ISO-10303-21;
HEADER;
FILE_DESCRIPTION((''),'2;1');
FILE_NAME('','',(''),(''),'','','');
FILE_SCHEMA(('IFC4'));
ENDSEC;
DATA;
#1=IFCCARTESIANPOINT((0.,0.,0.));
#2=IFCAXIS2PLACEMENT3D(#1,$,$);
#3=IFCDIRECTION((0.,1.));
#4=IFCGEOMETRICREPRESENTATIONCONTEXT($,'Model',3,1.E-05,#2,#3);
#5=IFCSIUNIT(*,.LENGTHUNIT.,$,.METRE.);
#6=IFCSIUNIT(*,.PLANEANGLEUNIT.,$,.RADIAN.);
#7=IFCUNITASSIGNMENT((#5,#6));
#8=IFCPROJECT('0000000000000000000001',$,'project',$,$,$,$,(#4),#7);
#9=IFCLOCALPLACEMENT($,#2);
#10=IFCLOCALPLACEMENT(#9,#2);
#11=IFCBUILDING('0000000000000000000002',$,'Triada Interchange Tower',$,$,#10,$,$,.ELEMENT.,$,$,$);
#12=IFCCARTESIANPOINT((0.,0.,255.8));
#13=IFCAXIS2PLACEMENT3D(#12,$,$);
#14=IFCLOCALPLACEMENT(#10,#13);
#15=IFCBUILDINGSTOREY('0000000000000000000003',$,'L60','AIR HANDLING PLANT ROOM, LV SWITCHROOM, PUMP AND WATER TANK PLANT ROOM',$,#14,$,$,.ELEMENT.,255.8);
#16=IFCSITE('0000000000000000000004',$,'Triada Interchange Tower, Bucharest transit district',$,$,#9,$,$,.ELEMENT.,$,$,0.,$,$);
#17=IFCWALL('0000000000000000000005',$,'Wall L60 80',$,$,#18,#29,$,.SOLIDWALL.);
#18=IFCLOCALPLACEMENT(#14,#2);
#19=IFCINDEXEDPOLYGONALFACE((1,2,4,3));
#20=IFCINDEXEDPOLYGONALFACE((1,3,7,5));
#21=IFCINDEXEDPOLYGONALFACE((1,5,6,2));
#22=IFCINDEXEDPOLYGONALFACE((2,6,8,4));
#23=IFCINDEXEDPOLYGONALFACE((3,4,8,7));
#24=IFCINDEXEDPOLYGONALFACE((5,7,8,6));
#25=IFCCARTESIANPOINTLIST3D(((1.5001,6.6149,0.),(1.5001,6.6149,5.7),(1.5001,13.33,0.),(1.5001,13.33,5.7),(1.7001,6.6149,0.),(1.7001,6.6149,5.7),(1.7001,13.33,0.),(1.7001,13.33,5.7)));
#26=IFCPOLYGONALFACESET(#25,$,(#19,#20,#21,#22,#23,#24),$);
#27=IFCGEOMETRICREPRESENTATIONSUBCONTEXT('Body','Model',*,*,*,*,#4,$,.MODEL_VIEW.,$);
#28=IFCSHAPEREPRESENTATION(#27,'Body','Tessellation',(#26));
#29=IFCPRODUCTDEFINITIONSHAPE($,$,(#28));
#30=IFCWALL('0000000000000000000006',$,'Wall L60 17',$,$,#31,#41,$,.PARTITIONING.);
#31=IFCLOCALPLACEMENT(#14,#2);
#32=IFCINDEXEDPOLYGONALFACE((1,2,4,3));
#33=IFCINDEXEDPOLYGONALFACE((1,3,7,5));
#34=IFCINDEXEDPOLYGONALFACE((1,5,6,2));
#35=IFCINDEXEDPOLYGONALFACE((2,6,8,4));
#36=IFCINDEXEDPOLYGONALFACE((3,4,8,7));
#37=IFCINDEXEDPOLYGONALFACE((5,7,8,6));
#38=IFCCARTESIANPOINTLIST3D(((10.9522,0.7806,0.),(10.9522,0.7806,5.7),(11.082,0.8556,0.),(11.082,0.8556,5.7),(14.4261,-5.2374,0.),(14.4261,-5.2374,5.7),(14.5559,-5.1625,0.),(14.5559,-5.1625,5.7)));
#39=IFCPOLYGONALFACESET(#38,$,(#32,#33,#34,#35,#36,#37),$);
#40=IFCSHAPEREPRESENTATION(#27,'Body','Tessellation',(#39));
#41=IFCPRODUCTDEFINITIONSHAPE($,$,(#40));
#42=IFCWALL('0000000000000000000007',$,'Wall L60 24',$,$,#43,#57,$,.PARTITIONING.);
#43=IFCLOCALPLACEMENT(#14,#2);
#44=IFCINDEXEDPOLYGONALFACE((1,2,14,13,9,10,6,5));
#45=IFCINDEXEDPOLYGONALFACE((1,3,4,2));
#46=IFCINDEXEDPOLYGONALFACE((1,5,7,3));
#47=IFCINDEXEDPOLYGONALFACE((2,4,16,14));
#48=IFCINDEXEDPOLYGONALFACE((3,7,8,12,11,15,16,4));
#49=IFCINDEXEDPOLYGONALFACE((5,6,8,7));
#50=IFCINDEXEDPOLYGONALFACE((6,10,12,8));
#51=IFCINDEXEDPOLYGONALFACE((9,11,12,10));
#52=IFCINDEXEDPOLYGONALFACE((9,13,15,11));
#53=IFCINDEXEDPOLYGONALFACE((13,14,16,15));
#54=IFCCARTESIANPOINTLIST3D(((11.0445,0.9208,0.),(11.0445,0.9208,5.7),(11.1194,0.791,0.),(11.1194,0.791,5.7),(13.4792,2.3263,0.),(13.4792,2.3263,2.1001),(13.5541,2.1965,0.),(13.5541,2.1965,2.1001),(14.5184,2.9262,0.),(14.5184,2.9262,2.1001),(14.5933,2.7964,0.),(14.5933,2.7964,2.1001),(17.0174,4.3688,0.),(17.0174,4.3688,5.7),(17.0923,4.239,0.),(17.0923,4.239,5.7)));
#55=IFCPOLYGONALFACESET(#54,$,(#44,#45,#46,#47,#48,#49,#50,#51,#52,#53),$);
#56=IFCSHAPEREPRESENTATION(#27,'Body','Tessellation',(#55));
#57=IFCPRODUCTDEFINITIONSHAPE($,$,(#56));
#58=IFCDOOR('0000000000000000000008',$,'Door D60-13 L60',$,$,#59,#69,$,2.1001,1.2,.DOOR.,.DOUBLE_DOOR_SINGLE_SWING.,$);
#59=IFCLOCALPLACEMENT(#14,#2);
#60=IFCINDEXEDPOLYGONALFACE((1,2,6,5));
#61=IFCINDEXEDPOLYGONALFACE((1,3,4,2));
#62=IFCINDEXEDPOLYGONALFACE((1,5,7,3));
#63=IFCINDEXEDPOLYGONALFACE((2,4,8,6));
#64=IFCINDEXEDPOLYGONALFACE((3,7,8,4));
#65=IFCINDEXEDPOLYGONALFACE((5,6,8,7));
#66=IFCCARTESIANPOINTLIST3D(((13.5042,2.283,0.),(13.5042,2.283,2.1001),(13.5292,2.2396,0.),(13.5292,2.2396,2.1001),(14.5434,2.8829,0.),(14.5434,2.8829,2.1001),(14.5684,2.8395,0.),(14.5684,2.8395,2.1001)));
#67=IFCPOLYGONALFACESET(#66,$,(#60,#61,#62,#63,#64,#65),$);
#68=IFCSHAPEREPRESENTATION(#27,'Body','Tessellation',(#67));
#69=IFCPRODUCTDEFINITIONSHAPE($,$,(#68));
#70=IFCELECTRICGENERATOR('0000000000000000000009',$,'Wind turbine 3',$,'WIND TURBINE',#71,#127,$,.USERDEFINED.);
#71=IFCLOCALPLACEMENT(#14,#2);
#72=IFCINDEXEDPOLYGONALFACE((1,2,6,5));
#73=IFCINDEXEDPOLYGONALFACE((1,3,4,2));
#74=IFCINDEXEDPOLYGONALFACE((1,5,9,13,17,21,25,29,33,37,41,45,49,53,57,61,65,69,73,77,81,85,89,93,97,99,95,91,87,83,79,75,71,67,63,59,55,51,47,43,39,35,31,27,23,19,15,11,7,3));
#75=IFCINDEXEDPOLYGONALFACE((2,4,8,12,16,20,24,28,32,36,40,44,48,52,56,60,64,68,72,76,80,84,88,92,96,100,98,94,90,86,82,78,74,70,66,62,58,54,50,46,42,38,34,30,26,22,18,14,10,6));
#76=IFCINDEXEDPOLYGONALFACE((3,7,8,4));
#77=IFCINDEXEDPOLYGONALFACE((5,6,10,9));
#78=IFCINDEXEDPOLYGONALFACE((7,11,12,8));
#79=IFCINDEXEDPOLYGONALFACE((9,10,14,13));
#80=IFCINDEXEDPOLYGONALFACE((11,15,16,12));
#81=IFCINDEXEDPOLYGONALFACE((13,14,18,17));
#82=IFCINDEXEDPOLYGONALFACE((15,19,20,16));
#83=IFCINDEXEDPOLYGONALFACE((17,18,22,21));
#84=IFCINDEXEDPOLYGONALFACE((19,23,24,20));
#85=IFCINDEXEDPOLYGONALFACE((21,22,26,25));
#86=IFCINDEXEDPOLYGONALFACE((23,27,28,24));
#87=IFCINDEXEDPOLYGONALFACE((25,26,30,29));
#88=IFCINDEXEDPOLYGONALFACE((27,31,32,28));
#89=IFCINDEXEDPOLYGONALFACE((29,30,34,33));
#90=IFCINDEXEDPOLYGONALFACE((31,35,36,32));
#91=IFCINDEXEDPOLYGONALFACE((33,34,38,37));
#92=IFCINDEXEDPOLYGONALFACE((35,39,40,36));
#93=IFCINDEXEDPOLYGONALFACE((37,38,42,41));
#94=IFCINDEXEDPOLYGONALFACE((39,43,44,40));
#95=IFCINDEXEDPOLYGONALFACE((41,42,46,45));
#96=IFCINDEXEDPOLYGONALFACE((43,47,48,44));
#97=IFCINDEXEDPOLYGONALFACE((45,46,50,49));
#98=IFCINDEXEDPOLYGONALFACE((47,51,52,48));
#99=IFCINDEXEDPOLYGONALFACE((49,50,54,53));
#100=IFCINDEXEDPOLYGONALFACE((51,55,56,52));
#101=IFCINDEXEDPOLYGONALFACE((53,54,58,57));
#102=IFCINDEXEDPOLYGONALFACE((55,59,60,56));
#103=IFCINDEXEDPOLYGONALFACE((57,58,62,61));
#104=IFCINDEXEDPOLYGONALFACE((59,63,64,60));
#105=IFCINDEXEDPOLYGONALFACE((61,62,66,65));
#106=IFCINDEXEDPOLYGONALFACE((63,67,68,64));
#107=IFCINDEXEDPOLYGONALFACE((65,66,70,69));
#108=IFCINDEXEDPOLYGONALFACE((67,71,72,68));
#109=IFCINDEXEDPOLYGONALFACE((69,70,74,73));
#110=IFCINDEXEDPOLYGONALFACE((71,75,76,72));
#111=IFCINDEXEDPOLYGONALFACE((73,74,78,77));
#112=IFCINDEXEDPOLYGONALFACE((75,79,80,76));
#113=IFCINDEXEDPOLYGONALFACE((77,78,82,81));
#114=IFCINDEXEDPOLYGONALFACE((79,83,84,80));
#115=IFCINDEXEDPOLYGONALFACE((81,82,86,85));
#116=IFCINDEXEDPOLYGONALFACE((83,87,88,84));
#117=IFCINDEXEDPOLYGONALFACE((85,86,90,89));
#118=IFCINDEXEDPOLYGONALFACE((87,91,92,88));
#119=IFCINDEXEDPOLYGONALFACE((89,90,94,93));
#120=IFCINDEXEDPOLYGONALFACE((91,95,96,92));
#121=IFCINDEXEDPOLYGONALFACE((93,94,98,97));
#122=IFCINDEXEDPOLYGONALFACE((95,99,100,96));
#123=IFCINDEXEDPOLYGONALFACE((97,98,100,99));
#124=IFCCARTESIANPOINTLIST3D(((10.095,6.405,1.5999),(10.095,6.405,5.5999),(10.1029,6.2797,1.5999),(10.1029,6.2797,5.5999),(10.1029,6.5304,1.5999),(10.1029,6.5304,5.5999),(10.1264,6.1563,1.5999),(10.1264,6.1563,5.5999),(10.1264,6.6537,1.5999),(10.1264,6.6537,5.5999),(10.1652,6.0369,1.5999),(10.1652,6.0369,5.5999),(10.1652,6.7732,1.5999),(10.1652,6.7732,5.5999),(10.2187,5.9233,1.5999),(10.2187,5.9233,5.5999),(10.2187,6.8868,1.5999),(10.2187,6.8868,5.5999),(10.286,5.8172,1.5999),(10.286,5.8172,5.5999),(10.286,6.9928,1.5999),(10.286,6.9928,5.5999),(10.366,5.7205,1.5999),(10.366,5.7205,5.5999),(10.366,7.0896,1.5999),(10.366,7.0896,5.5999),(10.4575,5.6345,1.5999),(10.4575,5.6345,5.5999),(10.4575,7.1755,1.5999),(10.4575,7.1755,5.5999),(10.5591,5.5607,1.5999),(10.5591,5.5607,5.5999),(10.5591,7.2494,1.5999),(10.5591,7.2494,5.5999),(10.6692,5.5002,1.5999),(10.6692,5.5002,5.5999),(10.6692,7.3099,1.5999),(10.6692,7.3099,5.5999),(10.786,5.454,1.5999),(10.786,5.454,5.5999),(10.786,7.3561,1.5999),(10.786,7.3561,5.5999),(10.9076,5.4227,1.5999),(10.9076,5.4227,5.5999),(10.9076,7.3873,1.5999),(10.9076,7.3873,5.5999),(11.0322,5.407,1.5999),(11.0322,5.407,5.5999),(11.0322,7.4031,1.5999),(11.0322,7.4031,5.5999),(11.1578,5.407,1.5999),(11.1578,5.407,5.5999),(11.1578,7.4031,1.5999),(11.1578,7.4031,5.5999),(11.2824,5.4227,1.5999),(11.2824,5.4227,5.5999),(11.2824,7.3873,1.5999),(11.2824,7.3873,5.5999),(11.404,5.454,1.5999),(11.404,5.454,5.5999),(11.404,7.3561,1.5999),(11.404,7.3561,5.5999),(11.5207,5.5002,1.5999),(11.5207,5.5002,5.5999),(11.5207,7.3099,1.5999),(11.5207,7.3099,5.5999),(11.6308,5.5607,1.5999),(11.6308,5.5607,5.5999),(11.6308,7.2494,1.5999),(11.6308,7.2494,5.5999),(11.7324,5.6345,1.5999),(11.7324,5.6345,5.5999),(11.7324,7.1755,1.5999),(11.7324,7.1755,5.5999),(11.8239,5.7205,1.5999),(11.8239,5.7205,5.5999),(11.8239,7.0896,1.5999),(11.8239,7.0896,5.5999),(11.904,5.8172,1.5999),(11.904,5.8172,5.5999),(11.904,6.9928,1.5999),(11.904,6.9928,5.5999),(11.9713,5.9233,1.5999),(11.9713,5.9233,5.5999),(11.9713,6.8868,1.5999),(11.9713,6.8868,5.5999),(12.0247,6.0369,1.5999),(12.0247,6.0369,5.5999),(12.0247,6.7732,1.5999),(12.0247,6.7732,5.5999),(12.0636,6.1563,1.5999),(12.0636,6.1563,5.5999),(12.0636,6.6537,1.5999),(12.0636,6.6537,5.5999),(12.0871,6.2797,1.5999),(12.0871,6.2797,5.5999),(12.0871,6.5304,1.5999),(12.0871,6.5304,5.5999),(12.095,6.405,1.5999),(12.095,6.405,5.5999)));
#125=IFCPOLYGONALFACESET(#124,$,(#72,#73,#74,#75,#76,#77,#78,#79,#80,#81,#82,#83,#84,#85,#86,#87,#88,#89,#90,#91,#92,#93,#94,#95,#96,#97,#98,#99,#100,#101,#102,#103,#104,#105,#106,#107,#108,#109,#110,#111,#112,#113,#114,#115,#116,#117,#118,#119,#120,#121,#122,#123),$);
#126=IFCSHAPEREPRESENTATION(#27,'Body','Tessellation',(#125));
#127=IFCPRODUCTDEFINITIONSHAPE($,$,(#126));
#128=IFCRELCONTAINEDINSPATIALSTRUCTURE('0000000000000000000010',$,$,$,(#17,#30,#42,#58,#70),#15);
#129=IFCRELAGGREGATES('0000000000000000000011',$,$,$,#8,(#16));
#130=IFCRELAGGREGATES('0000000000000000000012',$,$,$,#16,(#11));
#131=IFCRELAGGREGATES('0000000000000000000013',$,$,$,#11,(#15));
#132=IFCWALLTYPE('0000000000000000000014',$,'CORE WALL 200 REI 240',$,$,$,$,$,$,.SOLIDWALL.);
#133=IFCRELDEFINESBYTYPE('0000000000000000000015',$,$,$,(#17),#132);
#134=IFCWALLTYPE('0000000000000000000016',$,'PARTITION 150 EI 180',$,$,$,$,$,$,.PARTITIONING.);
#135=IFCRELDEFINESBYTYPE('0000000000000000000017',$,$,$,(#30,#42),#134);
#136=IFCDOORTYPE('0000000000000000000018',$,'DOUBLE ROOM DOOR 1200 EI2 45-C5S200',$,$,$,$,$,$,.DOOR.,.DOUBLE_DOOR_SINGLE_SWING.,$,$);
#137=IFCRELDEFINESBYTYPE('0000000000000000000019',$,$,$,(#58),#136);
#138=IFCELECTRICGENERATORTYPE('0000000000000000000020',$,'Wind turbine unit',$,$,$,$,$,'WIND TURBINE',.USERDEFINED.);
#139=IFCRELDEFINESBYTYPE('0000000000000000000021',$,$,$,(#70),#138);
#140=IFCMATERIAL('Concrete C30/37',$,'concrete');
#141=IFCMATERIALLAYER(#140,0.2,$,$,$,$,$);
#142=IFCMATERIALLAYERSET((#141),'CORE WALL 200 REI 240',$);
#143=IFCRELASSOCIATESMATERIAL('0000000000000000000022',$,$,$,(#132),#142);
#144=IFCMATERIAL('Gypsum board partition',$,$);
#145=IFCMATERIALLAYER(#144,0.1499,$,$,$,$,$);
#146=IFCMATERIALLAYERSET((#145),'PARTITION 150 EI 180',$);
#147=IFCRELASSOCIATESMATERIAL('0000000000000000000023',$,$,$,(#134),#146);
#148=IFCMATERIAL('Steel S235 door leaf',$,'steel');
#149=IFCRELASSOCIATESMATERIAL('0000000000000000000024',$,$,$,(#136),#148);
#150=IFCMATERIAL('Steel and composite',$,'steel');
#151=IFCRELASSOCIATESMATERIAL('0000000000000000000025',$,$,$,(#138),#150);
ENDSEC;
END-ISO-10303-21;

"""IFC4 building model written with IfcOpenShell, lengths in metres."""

from ifc_helpers import new_model, si_unit, direction, frame, frame_2d, origin, origin_2d, place, context, subcontext, project, spatial, rectangle, circle, extrude, material, layer, layer_set, type_object, element, fill, save


model = new_model("IFC4")

# Units and contexts
model_context = context("Model", 3, precision=1e-05, world=origin(), true_north=direction((0.0, 1.0)))
body_context = subcontext(model_context, "Body", "Model", "MODEL_VIEW")
ifc_project = project(units=[si_unit("LENGTHUNIT", "METRE"), si_unit("PLANEANGLEUNIT", "RADIAN")], contexts=[model_context])

# Site, building, storey
site_placement = place(None, origin())
site = spatial("IfcSite", under=ifc_project, at=site_placement, Name="Triada Interchange Tower, Bucharest transit district", CompositionType="ELEMENT", RefElevation=0.0)
building_placement = place(site_placement, origin())
building = spatial("IfcBuilding", under=site, at=building_placement, Name="Triada Interchange Tower", CompositionType="ELEMENT")
storey_placement = place(building_placement, frame((0.0, 0.0, 255.8)))
storey = spatial("IfcBuildingStorey", under=building, at=storey_placement, Name="L60", Description="AIR HANDLING PLANT ROOM, LV SWITCHROOM, PUMP AND WATER TANK PLANT ROOM", CompositionType="ELEMENT", Elevation=255.8)

# Shared definitions
ifc_material_1 = material(Name="Concrete C30/37", Category="concrete")

# Shared definitions
ifc_material_2 = material(Name="Steel S235 door leaf", Category="steel")

# Walls
ifc_layer_1 = layer(ifc_material_1, 0.2)
ifc_layer_set_1 = layer_set([ifc_layer_1], Name="CORE WALL 200 REI 240")
wall_type_1 = type_object("IfcWallType", Name="CORE WALL 200 REI 240", PredefinedType="SOLIDWALL", material=ifc_layer_set_1)
wall_1_placement = place(storey_placement, frame((1.6001, 6.615, 0.0), z_axis=(0.0, 0.0, 1.0), x_axis=(0.0, 1.0, 0.0)))
element("IfcWall", 1, at=wall_1_placement, inside=storey, type_object=wall_type_1, Name="Wall L60 80", PredefinedType="SOLIDWALL", context=body_context, shape_type="SweptSolid", body=[
    extrude(rectangle(XDim=6.7151, YDim=0.2, at=frame_2d((3.3574, 0.0))), origin(), (0.0, 0.0, 1.0), 5.7),
])
ifc_material_3 = material(Name="Gypsum board partition")
ifc_layer_2 = layer(ifc_material_3, 0.1499)
ifc_layer_set_2 = layer_set([ifc_layer_2], Name="PARTITION 150 EI 180")
wall_type_2 = type_object("IfcWallType", Name="PARTITION 150 EI 180", PredefinedType="PARTITIONING", material=ifc_layer_set_2)
wall_2_placement = place(storey_placement, frame((11.0171, 0.8181, 0.0), z_axis=(0.0, 0.0, 1.0), x_axis=(0.499929, -0.866066, 0.0)))
element("IfcWall", 2, at=wall_2_placement, inside=storey, type_object=wall_type_2, Name="Wall L60 17", PredefinedType="PARTITIONING", context=body_context, shape_type="SweptSolid", body=[
    extrude(rectangle(XDim=6.9487, YDim=0.1499, at=frame_2d((3.4744, 0.0))), origin(), (0.0, 0.0, 1.0), 5.7),
])

# Wall, opening, door
wall_3_placement = place(storey_placement, frame((11.082, 0.856, 0.0), z_axis=(0.0, 0.0, 1.0), x_axis=(0.866054, 0.49995, 0.0)))
wall_3 = element("IfcWall", 3, at=wall_3_placement, inside=storey, type_object=wall_type_2, Name="Wall L60 24", PredefinedType="PARTITIONING", context=body_context, shape_type="SweptSolid", body=[
    extrude(rectangle(XDim=6.8967, YDim=0.1499, at=frame_2d((3.4482, 0.0))), origin(), (0.0, 0.0, 1.0), 5.7),
])
opening_1_placement = place(wall_3_placement, frame((2.811, 0.0, 0.0)))
opening_1 = element("IfcOpeningElement", 4, at=opening_1_placement, cuts=wall_3, PredefinedType="OPENING", context=body_context, shape_type="SweptSolid", body=[
    extrude(rectangle(XDim=1.2, YDim=2.1001, at=frame_2d((0.6001, 1.05))), frame((0.0, 0.085, 0.0), z_axis=(0.0, -1.0, 0.0), x_axis=(1.0, 0.0, 0.0)), (0.0, 0.0, 1.0), 0.1699),
])
door_type_1 = type_object("IfcDoorType", Name="DOUBLE ROOM DOOR 1200 EI2 45-C5S200", OperationType="DOUBLE_DOOR_SINGLE_SWING", PredefinedType="DOOR", material=ifc_material_2)
door_1_placement = place(opening_1_placement, origin())
door_1 = element("IfcDoor", 5, at=door_1_placement, inside=storey, type_object=door_type_1, Name="Door D60-13 L60", OperationType="DOUBLE_DOOR_SINGLE_SWING", OverallHeight=2.1001, OverallWidth=1.2, PredefinedType="DOOR", context=body_context, shape_type="SweptSolid", body=[
    extrude(rectangle(XDim=1.2, YDim=2.1001, at=frame_2d((0.6001, 1.05))), frame((0.0, 0.0249, 0.0), z_axis=(0.0, -1.0, 0.0), x_axis=(1.0, 0.0, 0.0)), (0.0, 0.0, 1.0), 0.05),
])
fill(opening_1, door_1)

# Electric generator
ifc_material_4 = material(Name="Steel and composite", Category="steel")
electric_generator_type = type_object("IfcElectricGeneratorType", Name="Wind turbine unit", ElementType="WIND TURBINE", PredefinedType="USERDEFINED", material=ifc_material_4)
electric_generator_placement = place(storey_placement, frame((11.095, 6.405, 5.5999), z_axis=(0.0, 0.0, -1.0), x_axis=(1.0, 0.0, 0.0)))
element("IfcElectricGenerator", 6, at=electric_generator_placement, inside=storey, type_object=electric_generator_type, Name="Wind turbine 3", ObjectType="WIND TURBINE", PredefinedType="USERDEFINED", context=body_context, shape_type="SweptSolid", body=[
    extrude(circle(Radius=1.0, at=origin_2d()), origin(), (0.0, 0.0, 1.0), 4.0),
])

save(model, "model.ifc")
